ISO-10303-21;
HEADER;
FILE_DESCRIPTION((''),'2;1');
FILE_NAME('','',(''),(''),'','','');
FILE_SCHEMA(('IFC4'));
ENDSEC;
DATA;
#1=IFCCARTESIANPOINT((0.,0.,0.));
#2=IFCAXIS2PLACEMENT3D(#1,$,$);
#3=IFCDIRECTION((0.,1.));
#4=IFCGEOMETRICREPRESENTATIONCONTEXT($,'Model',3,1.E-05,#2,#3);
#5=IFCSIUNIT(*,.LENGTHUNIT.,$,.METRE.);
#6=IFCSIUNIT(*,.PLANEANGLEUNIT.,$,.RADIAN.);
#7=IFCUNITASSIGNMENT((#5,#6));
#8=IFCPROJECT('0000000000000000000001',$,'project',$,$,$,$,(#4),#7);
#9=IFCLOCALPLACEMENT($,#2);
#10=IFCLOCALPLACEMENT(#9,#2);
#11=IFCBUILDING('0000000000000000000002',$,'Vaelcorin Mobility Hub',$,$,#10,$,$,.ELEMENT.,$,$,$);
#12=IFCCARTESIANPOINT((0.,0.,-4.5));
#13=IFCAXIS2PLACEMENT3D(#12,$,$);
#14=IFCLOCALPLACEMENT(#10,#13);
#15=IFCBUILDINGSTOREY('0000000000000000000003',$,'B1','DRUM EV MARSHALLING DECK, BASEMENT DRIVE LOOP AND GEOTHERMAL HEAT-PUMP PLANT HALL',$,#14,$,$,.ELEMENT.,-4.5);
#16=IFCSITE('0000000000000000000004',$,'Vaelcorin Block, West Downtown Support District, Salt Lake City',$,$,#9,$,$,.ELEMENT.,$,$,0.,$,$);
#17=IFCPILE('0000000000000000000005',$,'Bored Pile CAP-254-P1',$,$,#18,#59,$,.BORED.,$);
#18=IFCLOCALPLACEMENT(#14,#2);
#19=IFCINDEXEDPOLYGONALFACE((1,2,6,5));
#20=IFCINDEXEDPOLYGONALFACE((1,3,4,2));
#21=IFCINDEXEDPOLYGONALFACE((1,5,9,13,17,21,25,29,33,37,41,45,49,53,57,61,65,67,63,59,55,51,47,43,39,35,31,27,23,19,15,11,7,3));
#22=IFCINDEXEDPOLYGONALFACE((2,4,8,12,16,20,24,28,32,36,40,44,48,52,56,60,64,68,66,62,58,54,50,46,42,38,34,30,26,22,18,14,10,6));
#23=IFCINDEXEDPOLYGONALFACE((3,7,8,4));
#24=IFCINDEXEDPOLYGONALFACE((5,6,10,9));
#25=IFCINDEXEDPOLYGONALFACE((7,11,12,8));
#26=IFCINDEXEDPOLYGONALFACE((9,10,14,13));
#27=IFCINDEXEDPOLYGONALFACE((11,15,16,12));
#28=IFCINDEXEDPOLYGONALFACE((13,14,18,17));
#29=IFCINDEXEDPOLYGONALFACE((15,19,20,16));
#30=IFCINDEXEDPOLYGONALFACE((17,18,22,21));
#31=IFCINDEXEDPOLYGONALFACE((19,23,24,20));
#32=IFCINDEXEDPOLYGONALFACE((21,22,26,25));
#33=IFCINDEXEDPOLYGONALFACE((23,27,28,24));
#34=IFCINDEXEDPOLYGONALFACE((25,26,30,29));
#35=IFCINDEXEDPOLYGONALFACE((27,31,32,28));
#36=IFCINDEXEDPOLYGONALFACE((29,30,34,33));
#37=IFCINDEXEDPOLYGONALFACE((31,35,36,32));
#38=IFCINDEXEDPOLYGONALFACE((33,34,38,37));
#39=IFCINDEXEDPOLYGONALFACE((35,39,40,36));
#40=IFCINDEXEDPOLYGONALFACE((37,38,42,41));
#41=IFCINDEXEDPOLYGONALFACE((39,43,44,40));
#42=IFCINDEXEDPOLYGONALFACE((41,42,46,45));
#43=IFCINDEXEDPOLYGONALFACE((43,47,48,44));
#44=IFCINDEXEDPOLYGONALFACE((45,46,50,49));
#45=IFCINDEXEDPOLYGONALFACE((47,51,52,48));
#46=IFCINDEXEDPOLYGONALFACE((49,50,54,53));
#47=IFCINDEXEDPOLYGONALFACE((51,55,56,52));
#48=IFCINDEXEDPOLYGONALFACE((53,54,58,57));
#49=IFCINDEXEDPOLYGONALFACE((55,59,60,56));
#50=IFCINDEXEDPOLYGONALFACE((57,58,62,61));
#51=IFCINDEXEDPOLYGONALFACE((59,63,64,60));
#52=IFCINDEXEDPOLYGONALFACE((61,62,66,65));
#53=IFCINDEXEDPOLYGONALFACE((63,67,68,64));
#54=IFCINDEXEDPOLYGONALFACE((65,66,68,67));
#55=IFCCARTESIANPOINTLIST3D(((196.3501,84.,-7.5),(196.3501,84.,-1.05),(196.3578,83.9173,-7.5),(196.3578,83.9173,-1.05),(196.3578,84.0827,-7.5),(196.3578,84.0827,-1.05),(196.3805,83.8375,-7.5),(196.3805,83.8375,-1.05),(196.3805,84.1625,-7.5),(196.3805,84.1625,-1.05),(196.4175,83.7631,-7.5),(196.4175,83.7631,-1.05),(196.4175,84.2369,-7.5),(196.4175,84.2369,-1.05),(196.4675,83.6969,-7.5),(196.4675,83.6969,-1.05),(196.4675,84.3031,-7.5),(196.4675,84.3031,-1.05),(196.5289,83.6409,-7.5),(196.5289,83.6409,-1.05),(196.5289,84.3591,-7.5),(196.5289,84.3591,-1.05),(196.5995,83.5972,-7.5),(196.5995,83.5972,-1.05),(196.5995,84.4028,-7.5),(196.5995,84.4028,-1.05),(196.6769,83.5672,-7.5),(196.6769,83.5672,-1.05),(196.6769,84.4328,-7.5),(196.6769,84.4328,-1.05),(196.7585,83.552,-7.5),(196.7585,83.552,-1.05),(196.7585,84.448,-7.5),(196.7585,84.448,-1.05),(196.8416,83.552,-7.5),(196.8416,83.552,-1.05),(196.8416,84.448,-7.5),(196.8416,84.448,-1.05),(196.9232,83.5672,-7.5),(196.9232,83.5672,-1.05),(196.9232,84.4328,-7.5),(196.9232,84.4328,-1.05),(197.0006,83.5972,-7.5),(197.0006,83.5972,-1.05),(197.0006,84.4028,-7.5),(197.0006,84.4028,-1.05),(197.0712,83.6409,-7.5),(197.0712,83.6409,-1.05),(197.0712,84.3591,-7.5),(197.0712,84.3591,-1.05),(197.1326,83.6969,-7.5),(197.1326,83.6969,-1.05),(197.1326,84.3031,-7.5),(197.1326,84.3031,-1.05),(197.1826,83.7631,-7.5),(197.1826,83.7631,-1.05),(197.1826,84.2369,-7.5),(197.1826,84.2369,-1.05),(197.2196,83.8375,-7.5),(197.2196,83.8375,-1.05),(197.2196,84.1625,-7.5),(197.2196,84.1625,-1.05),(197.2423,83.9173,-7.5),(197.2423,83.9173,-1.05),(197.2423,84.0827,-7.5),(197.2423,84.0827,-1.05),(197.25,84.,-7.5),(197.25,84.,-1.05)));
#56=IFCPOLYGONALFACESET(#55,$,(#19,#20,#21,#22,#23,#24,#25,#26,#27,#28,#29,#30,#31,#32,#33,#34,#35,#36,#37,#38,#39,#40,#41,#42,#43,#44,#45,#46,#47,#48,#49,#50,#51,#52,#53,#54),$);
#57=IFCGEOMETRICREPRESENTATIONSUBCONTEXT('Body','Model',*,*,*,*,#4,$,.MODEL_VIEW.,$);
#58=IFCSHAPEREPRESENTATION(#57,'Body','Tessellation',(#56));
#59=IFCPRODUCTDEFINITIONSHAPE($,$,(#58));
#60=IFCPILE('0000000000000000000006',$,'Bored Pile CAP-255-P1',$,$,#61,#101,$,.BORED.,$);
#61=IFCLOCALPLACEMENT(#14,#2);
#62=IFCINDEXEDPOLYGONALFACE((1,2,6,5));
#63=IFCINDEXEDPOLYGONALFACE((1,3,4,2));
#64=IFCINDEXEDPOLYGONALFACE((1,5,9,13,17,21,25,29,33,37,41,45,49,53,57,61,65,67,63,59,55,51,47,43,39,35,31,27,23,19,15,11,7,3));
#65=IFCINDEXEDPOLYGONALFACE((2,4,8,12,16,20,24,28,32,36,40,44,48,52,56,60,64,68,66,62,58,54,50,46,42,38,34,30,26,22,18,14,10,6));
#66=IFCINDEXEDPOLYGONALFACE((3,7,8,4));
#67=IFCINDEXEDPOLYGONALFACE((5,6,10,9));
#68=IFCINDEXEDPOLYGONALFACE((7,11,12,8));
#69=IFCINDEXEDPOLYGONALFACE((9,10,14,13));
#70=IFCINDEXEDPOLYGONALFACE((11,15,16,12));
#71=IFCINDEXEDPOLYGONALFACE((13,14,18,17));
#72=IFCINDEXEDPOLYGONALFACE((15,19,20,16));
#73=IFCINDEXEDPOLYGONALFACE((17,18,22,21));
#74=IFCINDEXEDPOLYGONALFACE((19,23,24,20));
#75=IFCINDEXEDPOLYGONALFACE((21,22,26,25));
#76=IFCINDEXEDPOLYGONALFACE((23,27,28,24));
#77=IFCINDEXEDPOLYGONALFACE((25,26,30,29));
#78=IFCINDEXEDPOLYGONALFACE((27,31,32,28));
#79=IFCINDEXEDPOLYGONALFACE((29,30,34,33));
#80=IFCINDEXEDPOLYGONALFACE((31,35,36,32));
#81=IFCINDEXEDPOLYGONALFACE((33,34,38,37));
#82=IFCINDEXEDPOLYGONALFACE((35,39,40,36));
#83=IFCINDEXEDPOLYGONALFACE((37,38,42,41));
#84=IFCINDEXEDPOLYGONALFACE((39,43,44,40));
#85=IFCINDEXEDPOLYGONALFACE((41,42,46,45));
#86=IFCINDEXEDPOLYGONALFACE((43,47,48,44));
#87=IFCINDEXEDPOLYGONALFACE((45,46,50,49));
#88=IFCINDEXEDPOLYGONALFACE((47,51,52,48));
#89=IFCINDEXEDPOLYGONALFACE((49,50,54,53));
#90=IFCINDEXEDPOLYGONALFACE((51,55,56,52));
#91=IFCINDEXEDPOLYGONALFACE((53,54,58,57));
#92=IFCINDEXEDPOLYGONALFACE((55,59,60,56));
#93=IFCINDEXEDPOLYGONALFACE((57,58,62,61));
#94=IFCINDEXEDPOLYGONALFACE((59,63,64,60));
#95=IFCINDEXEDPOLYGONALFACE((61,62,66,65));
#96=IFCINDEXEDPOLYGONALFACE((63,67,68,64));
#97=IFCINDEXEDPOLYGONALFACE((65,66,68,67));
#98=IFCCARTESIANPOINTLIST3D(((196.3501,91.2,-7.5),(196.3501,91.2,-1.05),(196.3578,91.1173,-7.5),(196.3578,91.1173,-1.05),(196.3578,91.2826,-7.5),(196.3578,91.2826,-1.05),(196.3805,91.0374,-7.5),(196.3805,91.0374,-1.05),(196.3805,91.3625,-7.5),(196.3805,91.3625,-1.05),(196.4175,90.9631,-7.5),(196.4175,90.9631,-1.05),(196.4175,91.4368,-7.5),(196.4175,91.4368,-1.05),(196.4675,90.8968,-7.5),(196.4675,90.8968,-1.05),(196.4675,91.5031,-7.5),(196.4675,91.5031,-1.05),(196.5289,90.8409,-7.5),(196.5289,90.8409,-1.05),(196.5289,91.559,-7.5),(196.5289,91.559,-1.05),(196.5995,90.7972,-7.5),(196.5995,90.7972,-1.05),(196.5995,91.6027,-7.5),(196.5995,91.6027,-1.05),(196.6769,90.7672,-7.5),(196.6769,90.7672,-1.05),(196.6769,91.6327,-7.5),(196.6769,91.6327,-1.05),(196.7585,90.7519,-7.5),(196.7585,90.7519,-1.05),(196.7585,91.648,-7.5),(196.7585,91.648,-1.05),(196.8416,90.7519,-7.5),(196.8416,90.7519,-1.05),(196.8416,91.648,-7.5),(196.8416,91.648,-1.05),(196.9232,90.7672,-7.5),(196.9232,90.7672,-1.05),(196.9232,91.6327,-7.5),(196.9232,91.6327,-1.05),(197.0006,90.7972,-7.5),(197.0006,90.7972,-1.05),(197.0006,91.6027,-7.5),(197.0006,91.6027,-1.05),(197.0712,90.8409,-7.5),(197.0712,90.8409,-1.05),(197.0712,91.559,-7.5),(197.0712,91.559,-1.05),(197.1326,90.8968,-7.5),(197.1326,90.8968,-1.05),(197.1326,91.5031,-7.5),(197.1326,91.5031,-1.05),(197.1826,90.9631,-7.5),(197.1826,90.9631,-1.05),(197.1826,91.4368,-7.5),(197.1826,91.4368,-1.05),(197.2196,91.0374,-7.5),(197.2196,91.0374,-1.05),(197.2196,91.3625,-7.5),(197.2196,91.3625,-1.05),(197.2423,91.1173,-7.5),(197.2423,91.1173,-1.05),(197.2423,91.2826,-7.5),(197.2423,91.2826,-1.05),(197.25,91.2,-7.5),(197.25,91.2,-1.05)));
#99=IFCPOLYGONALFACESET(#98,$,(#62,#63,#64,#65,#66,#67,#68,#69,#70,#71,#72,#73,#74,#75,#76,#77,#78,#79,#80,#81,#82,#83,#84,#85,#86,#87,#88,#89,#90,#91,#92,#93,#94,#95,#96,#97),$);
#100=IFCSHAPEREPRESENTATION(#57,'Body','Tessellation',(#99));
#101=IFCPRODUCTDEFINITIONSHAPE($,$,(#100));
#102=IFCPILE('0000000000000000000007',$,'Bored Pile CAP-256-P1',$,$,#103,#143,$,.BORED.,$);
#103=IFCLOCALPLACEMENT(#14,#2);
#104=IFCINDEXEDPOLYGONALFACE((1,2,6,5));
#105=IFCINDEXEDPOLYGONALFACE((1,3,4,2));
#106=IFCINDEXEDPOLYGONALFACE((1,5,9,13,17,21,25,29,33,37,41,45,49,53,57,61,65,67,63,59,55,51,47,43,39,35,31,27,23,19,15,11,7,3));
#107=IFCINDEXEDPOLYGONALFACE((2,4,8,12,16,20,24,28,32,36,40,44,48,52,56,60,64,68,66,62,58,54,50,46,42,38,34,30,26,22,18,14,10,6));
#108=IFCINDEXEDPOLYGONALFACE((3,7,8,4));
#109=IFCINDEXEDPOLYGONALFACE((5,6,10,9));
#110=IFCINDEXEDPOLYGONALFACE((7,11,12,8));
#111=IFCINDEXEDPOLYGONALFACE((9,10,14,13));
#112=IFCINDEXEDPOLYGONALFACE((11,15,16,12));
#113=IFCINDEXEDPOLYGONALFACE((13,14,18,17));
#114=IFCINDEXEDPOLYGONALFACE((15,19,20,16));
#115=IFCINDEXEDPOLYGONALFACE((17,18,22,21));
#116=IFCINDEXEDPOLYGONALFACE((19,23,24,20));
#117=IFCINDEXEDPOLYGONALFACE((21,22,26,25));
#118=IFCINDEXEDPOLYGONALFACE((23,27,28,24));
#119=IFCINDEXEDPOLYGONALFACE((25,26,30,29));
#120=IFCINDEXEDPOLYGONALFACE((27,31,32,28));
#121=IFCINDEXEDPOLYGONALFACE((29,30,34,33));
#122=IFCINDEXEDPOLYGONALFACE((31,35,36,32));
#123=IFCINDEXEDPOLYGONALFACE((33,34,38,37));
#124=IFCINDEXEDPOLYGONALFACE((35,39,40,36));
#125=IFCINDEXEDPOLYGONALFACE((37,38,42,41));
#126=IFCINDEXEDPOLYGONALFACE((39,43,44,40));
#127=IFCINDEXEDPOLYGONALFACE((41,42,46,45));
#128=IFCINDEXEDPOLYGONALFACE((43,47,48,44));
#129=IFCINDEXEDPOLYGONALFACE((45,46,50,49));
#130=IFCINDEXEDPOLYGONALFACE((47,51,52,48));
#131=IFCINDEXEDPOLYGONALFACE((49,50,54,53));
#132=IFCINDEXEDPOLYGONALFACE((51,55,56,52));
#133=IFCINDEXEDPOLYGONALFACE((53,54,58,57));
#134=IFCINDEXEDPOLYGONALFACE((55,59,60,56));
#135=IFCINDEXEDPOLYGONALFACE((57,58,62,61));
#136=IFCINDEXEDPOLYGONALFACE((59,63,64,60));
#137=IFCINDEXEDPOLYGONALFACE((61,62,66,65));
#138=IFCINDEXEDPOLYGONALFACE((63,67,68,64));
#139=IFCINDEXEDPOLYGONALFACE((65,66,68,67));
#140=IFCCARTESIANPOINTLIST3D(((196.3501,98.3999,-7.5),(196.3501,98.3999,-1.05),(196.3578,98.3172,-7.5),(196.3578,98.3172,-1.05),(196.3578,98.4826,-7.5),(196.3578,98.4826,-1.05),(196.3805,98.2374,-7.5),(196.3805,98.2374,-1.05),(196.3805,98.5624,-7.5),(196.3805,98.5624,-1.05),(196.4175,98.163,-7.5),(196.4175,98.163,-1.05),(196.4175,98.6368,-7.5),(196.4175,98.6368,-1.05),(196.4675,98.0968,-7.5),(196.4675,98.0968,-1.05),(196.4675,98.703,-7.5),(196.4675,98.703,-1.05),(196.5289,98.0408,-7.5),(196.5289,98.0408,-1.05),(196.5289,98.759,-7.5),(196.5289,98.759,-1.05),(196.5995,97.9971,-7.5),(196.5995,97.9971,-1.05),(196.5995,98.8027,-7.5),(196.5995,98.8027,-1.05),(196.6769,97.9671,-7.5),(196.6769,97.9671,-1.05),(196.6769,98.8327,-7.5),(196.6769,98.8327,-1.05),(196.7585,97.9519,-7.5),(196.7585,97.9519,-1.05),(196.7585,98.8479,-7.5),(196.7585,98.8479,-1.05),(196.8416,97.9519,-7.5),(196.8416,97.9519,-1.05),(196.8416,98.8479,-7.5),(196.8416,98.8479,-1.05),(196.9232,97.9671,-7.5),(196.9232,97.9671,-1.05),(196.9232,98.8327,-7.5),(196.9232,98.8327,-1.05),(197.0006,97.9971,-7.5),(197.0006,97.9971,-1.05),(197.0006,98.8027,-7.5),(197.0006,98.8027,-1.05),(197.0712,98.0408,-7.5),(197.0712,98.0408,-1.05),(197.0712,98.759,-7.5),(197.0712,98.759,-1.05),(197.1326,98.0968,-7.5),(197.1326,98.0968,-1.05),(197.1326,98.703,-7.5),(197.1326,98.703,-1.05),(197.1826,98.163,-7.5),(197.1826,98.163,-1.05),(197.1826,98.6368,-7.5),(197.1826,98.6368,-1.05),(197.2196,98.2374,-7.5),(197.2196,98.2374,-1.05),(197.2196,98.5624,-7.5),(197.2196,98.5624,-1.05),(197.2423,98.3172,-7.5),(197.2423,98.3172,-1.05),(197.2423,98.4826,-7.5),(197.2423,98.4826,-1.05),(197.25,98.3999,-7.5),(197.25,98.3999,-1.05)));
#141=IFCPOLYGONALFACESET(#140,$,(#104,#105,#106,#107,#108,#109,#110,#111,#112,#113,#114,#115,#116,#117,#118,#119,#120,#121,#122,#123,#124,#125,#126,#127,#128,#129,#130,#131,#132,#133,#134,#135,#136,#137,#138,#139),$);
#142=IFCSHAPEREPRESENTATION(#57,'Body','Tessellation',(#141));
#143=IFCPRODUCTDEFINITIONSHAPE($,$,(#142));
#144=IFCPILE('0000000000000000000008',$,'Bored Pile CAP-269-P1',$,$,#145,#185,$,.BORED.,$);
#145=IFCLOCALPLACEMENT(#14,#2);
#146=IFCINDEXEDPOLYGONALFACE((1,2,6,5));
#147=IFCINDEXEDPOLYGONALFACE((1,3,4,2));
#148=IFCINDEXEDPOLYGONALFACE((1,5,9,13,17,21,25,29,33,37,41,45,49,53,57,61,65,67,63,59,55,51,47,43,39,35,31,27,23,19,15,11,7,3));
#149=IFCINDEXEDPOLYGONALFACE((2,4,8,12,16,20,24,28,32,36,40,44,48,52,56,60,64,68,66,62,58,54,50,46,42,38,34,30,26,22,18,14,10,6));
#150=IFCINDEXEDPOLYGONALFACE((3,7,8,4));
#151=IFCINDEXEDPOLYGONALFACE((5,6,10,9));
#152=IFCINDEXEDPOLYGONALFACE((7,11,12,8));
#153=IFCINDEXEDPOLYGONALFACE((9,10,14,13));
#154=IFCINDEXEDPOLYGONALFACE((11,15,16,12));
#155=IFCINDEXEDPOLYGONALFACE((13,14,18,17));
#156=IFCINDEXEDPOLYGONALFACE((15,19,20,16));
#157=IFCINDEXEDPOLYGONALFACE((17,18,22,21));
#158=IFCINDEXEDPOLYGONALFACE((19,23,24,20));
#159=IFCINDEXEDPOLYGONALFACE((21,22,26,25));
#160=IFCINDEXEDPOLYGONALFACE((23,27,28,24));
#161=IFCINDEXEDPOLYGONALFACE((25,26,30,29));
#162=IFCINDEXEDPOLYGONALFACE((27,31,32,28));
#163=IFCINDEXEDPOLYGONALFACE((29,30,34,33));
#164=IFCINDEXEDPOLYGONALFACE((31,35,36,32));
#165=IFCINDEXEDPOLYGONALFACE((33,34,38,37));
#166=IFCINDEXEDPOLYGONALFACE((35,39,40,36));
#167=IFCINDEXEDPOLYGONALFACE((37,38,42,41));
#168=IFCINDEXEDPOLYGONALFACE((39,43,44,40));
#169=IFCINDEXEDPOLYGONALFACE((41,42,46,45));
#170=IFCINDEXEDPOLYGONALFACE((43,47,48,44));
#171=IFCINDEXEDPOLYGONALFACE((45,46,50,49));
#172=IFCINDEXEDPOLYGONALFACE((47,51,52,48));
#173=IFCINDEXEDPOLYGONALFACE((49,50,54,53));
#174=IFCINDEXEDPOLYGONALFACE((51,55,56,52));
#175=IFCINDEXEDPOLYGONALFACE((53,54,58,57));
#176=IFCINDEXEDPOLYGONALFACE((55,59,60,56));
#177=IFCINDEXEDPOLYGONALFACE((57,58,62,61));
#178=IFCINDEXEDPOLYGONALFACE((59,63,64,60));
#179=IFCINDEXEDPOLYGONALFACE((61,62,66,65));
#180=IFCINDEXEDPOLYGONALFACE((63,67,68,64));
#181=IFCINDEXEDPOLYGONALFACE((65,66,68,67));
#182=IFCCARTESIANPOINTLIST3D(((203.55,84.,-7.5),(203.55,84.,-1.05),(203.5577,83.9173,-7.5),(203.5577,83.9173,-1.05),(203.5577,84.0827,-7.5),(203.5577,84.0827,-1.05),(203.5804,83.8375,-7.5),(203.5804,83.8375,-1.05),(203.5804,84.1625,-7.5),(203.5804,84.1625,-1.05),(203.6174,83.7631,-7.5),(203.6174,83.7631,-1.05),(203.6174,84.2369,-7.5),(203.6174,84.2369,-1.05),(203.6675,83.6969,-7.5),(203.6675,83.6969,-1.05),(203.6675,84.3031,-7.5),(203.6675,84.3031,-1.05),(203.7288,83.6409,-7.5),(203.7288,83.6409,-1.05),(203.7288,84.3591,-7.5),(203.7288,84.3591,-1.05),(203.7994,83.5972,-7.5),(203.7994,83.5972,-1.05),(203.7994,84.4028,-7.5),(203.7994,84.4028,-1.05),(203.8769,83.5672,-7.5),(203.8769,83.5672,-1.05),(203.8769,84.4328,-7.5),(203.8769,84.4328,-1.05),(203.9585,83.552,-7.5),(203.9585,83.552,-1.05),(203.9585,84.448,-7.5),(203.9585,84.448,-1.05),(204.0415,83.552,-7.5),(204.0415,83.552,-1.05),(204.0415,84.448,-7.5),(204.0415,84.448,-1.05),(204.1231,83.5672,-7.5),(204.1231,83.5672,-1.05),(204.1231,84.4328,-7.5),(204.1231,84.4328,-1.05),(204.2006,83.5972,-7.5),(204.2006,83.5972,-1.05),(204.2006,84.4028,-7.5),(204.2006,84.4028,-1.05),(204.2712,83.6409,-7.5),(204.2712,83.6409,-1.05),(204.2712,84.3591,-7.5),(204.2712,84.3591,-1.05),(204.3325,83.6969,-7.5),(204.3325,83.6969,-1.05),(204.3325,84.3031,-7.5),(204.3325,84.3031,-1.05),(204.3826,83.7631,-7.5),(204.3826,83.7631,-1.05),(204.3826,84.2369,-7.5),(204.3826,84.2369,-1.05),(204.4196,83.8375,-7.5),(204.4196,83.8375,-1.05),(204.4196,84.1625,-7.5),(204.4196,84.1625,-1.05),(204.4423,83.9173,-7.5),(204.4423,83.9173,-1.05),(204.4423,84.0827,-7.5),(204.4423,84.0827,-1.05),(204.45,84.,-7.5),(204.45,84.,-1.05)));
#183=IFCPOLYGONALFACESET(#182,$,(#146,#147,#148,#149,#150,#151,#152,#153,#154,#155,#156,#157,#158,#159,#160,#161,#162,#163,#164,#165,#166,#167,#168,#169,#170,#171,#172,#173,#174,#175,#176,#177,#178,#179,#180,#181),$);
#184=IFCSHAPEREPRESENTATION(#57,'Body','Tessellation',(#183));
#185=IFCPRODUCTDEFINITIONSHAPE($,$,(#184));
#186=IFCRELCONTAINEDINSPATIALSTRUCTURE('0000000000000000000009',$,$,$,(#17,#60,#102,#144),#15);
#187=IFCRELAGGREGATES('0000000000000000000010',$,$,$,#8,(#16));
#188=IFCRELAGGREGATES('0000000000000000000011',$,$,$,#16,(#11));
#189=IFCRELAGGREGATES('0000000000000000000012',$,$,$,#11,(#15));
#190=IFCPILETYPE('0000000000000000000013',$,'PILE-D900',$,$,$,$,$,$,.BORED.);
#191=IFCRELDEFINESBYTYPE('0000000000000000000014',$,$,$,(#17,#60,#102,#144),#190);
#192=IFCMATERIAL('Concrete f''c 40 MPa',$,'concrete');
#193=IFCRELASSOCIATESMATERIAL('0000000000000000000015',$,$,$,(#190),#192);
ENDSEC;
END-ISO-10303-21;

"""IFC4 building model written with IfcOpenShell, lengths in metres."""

from ifc_helpers import new_model, si_unit, direction, frame, origin, origin_2d, place, context, subcontext, project, spatial, circle, extrude, material, material_profile, profile_set, type_object, element, save


model = new_model("IFC4")

# Units and contexts
model_context = context("Model", 3, precision=1e-05, world=origin(), true_north=direction((0.0, 1.0)))
body_context = subcontext(model_context, "Body", "Model", "MODEL_VIEW")
ifc_project = project(units=[si_unit("LENGTHUNIT", "METRE"), si_unit("PLANEANGLEUNIT", "RADIAN")], contexts=[model_context])

# Site, building, storey
site_placement = place(None, origin())
site = spatial("IfcSite", under=ifc_project, at=site_placement, Name="Vaelcorin Block, West Downtown Support District, Salt Lake City", CompositionType="ELEMENT", RefElevation=0.0)
building_placement = place(site_placement, origin())
building = spatial("IfcBuilding", under=site, at=building_placement, Name="Vaelcorin Mobility Hub", CompositionType="ELEMENT")
storey_placement = place(building_placement, frame((0.0, 0.0, -4.5)))
storey = spatial("IfcBuildingStorey", under=building, at=storey_placement, Name="B1", Description="DRUM EV MARSHALLING DECK, BASEMENT DRIVE LOOP AND GEOTHERMAL HEAT-PUMP PLANT HALL", CompositionType="ELEMENT", Elevation=-4.5)

# Shared definitions
ifc_material_1 = material(Name="Concrete f'c 40 MPa", Category="concrete")

# Piles
ifc_material_profile_1 = material_profile(ifc_material_1, circle(Radius=0.45, at=origin_2d()), Name="BP-D900")
ifc_profile_set_1 = profile_set([ifc_material_profile_1], Name="Concrete f'c 40 MPa")
pile_type_1 = type_object("IfcPileType", Name="PILE-D900", PredefinedType="BORED", material=ifc_profile_set_1)
for number, where, z_axis, x_axis, name in (
    (1, (196.8, 84.0, -1.05), (0.0, 0.0, -1.0), (1.0, 0.0, 0.0), "Bored Pile CAP-254-P1"),
    (2, (196.8, 91.2, -1.05), (0.0, 0.0, -1.0), (1.0, 0.0, 0.0), "Bored Pile CAP-255-P1"),
    (3, (196.8, 98.3999, -1.05), (0.0, 0.0, -1.0), (1.0, 0.0, 0.0), "Bored Pile CAP-256-P1"),
    (4, (204.0, 84.0, -1.05), (0.0, 0.0, -1.0), (1.0, 0.0, 0.0), "Bored Pile CAP-269-P1"),
):
    element("IfcPile", number, at=place(storey_placement, frame(where, z_axis=z_axis, x_axis=x_axis)), inside=storey, type_object=pile_type_1, Name=name, PredefinedType="BORED", context=body_context, shape_type="SweptSolid", body=[
        extrude(circle(Radius=0.45, at=origin_2d()), origin(), (0.0, 0.0, 1.0), 6.45),
    ])

save(model, "model.ifc")
